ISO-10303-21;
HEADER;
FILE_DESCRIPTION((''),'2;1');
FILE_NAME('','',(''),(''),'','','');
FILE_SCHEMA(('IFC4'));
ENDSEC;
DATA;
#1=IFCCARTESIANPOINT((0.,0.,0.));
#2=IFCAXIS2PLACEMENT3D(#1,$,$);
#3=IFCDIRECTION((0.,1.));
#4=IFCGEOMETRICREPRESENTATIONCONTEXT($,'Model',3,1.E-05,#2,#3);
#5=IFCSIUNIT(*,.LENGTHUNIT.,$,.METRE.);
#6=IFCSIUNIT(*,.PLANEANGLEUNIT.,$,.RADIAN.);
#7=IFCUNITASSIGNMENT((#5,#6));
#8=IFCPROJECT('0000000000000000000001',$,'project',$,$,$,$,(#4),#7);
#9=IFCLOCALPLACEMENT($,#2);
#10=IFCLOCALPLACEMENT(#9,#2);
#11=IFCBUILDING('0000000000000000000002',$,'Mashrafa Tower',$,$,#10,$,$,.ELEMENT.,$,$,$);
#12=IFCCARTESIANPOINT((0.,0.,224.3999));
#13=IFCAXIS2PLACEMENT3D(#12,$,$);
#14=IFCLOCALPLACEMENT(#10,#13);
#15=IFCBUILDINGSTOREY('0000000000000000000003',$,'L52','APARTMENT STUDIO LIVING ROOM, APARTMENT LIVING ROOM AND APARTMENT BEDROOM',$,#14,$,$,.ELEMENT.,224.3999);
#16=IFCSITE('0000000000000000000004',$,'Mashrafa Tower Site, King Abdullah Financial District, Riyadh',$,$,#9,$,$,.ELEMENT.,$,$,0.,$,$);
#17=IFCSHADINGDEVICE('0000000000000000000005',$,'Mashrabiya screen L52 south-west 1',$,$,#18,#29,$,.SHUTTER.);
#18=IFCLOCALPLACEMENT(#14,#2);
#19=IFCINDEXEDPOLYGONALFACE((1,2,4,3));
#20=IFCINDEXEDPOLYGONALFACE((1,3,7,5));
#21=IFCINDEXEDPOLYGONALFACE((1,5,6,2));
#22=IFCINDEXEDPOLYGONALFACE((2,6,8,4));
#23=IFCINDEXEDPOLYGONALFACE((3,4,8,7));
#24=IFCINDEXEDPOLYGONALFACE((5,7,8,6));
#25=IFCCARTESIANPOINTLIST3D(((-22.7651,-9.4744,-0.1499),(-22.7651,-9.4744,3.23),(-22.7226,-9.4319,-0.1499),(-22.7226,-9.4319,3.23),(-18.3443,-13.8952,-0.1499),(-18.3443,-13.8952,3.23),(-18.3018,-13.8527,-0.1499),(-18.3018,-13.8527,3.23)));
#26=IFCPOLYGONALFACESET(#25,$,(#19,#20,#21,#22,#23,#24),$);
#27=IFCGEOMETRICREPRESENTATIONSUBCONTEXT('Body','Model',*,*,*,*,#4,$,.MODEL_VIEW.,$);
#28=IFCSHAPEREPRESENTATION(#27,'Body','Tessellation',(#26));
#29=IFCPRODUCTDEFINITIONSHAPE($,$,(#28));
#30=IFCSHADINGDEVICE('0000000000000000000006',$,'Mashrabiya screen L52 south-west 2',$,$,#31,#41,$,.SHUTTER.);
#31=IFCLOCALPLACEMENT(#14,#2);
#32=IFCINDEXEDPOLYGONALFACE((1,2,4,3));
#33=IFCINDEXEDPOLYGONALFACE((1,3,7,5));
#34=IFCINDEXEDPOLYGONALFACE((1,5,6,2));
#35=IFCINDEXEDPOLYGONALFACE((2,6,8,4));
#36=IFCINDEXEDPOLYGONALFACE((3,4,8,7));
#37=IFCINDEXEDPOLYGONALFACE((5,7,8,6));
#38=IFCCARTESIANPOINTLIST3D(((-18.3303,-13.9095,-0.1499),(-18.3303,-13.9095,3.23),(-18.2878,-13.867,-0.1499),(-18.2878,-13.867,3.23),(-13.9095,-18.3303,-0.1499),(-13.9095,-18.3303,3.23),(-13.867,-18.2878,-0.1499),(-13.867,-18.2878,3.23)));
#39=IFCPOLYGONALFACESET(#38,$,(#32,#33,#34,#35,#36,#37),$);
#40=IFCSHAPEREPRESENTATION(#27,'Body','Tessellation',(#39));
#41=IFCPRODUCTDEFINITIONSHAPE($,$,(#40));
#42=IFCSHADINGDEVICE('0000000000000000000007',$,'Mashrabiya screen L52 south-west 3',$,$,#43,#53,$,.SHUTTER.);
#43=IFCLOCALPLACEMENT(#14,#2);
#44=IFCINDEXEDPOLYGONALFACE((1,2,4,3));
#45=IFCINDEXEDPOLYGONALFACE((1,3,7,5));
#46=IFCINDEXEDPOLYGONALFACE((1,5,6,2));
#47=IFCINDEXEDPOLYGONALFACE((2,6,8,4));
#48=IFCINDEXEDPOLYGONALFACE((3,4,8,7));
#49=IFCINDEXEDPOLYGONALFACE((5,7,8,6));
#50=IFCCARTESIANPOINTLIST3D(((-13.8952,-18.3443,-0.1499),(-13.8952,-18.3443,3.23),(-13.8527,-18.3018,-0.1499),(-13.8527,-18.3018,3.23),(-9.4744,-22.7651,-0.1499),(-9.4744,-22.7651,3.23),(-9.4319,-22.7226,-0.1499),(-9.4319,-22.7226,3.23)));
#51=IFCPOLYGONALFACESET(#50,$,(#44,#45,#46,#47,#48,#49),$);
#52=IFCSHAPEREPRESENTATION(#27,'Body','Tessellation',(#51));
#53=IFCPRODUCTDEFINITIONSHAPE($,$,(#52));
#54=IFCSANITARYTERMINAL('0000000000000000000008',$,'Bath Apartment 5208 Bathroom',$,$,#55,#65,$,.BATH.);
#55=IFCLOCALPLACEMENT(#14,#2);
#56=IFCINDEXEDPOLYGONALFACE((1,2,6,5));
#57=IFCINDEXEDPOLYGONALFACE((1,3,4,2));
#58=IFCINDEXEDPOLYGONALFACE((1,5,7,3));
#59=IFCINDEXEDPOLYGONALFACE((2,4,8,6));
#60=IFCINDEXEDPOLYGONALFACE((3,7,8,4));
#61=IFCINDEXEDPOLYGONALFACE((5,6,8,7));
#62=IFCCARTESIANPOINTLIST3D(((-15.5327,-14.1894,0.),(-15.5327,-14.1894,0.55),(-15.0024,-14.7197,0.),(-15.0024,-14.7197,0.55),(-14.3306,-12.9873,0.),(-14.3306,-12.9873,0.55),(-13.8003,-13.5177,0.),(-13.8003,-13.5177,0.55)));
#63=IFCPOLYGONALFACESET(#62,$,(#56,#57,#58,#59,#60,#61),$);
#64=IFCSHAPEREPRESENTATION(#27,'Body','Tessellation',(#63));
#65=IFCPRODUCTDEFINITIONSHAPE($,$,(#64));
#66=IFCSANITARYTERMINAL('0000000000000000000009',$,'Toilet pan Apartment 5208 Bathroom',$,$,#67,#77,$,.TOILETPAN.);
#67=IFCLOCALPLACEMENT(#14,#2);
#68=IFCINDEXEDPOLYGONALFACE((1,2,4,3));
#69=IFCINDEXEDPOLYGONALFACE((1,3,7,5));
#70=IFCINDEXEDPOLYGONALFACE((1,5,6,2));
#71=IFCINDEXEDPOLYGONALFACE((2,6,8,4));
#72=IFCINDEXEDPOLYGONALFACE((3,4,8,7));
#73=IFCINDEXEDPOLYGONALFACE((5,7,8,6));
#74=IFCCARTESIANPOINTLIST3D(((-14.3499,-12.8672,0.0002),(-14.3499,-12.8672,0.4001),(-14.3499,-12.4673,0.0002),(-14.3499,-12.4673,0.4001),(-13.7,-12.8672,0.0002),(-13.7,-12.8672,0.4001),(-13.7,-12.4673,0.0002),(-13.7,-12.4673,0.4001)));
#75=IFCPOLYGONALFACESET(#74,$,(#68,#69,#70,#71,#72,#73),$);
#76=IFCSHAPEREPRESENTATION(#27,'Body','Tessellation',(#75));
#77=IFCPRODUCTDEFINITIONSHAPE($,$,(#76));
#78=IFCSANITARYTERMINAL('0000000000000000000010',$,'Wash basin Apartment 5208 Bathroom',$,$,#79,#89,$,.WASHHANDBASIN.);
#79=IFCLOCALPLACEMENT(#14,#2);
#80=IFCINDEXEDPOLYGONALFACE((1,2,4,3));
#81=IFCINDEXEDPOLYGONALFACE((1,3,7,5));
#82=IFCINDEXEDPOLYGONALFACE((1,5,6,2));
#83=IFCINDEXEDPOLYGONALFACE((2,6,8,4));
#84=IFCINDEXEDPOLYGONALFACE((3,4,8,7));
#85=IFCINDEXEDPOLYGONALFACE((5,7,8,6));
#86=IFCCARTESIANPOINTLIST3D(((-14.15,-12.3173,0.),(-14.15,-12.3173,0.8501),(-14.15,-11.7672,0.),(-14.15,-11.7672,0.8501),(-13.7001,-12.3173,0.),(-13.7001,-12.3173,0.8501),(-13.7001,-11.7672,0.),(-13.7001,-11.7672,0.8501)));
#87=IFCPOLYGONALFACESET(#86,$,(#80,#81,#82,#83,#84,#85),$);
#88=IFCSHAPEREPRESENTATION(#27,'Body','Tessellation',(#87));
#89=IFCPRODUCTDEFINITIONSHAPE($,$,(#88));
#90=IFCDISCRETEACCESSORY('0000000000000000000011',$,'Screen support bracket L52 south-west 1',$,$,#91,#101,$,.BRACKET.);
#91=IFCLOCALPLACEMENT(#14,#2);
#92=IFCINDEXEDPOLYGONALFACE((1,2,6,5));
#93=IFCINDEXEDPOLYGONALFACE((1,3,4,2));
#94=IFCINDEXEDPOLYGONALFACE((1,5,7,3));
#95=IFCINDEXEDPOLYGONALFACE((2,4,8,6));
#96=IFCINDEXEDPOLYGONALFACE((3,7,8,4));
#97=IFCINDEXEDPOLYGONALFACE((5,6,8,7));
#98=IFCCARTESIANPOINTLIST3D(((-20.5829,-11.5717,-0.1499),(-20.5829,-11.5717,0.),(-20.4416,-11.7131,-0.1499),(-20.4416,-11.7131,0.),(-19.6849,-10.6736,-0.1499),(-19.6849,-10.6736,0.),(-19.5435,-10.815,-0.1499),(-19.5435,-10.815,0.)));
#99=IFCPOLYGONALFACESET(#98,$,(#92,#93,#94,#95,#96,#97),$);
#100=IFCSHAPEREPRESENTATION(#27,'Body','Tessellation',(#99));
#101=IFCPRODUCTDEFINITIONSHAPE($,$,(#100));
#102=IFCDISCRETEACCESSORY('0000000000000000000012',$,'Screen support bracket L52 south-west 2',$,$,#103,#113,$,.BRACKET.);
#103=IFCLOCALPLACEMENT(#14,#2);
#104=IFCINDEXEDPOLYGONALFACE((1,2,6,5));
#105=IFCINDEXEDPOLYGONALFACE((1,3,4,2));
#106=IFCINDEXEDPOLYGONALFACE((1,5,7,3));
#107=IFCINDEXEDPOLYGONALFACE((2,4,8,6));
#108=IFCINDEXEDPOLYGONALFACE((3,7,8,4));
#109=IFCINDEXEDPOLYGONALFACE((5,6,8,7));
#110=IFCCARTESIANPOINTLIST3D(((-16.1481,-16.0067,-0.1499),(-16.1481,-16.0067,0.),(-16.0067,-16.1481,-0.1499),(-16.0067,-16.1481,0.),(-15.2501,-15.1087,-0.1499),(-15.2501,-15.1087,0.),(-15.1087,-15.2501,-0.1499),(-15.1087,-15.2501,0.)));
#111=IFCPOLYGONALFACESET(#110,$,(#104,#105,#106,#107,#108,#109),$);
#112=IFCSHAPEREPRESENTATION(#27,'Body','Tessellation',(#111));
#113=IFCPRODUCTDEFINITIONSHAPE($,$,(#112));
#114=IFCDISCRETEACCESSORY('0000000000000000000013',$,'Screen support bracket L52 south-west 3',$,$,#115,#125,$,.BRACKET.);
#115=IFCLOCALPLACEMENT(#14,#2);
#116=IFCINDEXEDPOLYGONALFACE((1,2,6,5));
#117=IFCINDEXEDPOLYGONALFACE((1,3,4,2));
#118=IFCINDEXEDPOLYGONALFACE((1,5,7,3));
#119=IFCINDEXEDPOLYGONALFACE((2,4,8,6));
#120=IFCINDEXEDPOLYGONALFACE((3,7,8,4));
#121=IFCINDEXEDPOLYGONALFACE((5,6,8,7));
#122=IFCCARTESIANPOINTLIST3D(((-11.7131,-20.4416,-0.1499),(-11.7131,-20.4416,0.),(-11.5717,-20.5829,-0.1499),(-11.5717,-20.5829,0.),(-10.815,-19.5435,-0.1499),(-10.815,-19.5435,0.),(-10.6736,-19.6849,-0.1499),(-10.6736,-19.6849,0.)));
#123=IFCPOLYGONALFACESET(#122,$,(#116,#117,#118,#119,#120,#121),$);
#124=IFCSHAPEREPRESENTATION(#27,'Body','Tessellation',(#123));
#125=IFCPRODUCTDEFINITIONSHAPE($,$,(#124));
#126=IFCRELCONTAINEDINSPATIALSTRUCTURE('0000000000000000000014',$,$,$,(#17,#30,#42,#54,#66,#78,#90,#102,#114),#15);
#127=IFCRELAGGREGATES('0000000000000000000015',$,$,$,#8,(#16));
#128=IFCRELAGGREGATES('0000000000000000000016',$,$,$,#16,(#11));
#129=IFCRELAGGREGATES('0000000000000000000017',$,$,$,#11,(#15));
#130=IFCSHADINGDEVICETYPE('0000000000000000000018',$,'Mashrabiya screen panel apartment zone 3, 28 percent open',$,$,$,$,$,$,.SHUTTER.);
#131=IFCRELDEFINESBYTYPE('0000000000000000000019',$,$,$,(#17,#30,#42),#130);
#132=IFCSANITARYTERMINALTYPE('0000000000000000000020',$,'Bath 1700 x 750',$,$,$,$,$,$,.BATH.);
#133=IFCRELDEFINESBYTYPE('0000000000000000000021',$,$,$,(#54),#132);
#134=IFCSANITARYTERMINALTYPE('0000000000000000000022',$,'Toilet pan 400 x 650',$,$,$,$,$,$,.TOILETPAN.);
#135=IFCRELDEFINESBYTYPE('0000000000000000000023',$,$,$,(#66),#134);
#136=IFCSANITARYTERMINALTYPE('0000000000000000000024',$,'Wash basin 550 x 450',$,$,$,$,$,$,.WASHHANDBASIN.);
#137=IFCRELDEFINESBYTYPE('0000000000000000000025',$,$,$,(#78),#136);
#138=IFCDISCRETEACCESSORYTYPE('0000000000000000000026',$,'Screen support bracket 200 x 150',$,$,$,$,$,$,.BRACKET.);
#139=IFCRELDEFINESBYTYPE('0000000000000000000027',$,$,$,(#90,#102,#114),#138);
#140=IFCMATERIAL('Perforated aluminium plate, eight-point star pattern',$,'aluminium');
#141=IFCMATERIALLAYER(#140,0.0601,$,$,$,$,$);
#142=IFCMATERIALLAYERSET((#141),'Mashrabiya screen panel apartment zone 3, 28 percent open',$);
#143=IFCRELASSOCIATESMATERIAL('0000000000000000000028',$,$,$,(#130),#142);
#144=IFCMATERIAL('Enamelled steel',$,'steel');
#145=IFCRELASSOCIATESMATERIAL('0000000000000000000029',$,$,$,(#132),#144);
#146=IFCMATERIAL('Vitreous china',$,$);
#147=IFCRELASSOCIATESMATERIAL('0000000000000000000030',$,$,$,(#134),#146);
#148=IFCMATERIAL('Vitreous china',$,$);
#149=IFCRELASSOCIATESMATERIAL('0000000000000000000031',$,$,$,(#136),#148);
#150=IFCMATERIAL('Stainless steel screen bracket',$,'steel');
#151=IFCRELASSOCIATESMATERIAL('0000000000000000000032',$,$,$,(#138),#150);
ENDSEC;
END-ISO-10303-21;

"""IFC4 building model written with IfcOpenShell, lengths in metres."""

from ifc_helpers import new_model, si_unit, direction, frame, origin, origin_2d, place, context, subcontext, project, spatial, rectangle, extrude, source, transform, mapped, material, layer, layer_set, type_object, type_shapes, element, save


model = new_model("IFC4")

# Units and contexts
model_context = context("Model", 3, precision=1e-05, world=origin(), true_north=direction((0.0, 1.0)))
body_context = subcontext(model_context, "Body", "Model", "MODEL_VIEW")
ifc_project = project(units=[si_unit("LENGTHUNIT", "METRE"), si_unit("PLANEANGLEUNIT", "RADIAN")], contexts=[model_context])

# Site, building, storey
site_placement = place(None, origin())
site = spatial("IfcSite", under=ifc_project, at=site_placement, Name="Mashrafa Tower Site, King Abdullah Financial District, Riyadh", CompositionType="ELEMENT", RefElevation=0.0)
building_placement = place(site_placement, origin())
building = spatial("IfcBuilding", under=site, at=building_placement, Name="Mashrafa Tower", CompositionType="ELEMENT")
storey_placement = place(building_placement, frame((0.0, 0.0, 224.3999)))
storey = spatial("IfcBuildingStorey", under=building, at=storey_placement, Name="L52", Description="APARTMENT STUDIO LIVING ROOM, APARTMENT LIVING ROOM AND APARTMENT BEDROOM", CompositionType="ELEMENT", Elevation=224.3999)

# Shading devices
ifc_material_1 = material(Name="Perforated aluminium plate, eight-point star pattern", Category="aluminium")
ifc_layer_1 = layer(ifc_material_1, 0.0601)
ifc_layer_set_1 = layer_set([ifc_layer_1], Name="Mashrabiya screen panel apartment zone 3, 28 percent open")
shading_device_type = type_object("IfcShadingDeviceType", Name="Mashrabiya screen panel apartment zone 3, 28 percent open", PredefinedType="SHUTTER", material=ifc_layer_set_1)
shared_shape_1 = source(origin(), body_context, "Body", "SweptSolid", [
    extrude(rectangle(XDim=6.252, YDim=0.0601, at=origin_2d()), origin(), (0.0, 0.0, 1.0), 3.3799),
])
type_shapes(shading_device_type, [shared_shape_1])
for number, where, z_axis, x_axis, name in (
    (1, (-20.5334, -11.6636, -0.1499), (0.0, 0.0, 1.0), (0.707107, -0.707107, 0.0), "Mashrabiya screen L52 south-west 1"),
    (2, (-16.0986, -16.0986, -0.1499), (0.0, 0.0, 1.0), (0.707107, -0.707107, 0.0), "Mashrabiya screen L52 south-west 2"),
    (3, (-11.6636, -20.5334, -0.1499), (0.0, 0.0, 1.0), (0.707107, -0.707107, 0.0), "Mashrabiya screen L52 south-west 3"),
):
    element("IfcShadingDevice", number, at=place(storey_placement, frame(where, z_axis=z_axis, x_axis=x_axis)), inside=storey, type_object=shading_device_type, Name=name, PredefinedType="SHUTTER", context=body_context, shape_type="MappedRepresentation", body=[
        mapped(shared_shape_1, transform((0.0, 0.0, 0.0))),
    ])

# Sanitary terminals
ifc_material_2 = material(Name="Enamelled steel", Category="steel")
sanitary_terminal_type_1 = type_object("IfcSanitaryTerminalType", Name="Bath 1700 x 750", PredefinedType="BATH", material=ifc_material_2)
sanitary_terminal_1_placement = place(storey_placement, frame((-14.6665, -13.8535, 0.0), z_axis=(0.0, 0.0, 1.0), x_axis=(0.707107, 0.707107, 0.0)))
element("IfcSanitaryTerminal", 4, at=sanitary_terminal_1_placement, inside=storey, type_object=sanitary_terminal_type_1, Name="Bath Apartment 5208 Bathroom", PredefinedType="BATH", context=body_context, shape_type="SweptSolid", body=[
    extrude(rectangle(XDim=1.7, YDim=0.75, at=origin_2d()), origin(), (0.0, 0.0, 1.0), 0.55),
])
ifc_material_3 = material(Name="Vitreous china")
sanitary_terminal_type_2 = type_object("IfcSanitaryTerminalType", Name="Toilet pan 400 x 650", PredefinedType="TOILETPAN", material=ifc_material_3)
sanitary_terminal_2_placement = place(storey_placement, frame((-14.0249, -12.6672, 0.0002), z_axis=(0.0, 0.0, 1.0), x_axis=(0.0, 1.0, 0.0)))
element("IfcSanitaryTerminal", 5, at=sanitary_terminal_2_placement, inside=storey, type_object=sanitary_terminal_type_2, Name="Toilet pan Apartment 5208 Bathroom", PredefinedType="TOILETPAN", context=body_context, shape_type="SweptSolid", body=[
    extrude(rectangle(XDim=0.3999, YDim=0.6499, at=origin_2d()), origin(), (0.0, 0.0, 1.0), 0.3999),
])
ifc_material_4 = material(Name="Vitreous china")
sanitary_terminal_type_3 = type_object("IfcSanitaryTerminalType", Name="Wash basin 550 x 450", PredefinedType="WASHHANDBASIN", material=ifc_material_4)
sanitary_terminal_3_placement = place(storey_placement, frame((-13.925, -12.0422, 0.0), z_axis=(0.0, 0.0, 1.0), x_axis=(0.0, 1.0, 0.0)))
element("IfcSanitaryTerminal", 6, at=sanitary_terminal_3_placement, inside=storey, type_object=sanitary_terminal_type_3, Name="Wash basin Apartment 5208 Bathroom", PredefinedType="WASHHANDBASIN", context=body_context, shape_type="SweptSolid", body=[
    extrude(rectangle(XDim=0.55, YDim=0.45, at=origin_2d()), origin(), (0.0, 0.0, 1.0), 0.8501),
])

# Discrete accessories
ifc_material_5 = material(Name="Stainless steel screen bracket", Category="steel")
discrete_accessory_type = type_object("IfcDiscreteAccessoryType", Name="Screen support bracket 200 x 150", PredefinedType="BRACKET", material=ifc_material_5)
shared_shape_2 = source(origin(), body_context, "Body", "SweptSolid", [
    extrude(rectangle(XDim=0.2, YDim=1.27, at=origin_2d()), origin(), (0.0, 0.0, 1.0), 0.1499),
])
type_shapes(discrete_accessory_type, [shared_shape_2])
for number, where, z_axis, x_axis, name in (
    (7, (-20.0632, -11.1934, -0.1499), (0.0, 0.0, 1.0), (0.707107, -0.707107, 0.0), "Screen support bracket L52 south-west 1"),
    (8, (-15.6284, -15.6284, -0.1499), (0.0, 0.0, 1.0), (0.707107, -0.707107, 0.0), "Screen support bracket L52 south-west 2"),
    (9, (-11.1934, -20.0632, -0.1499), (0.0, 0.0, 1.0), (0.707107, -0.707107, 0.0), "Screen support bracket L52 south-west 3"),
):
    element("IfcDiscreteAccessory", number, at=place(storey_placement, frame(where, z_axis=z_axis, x_axis=x_axis)), inside=storey, type_object=discrete_accessory_type, Name=name, PredefinedType="BRACKET", context=body_context, shape_type="MappedRepresentation", body=[
        mapped(shared_shape_2, transform((0.0, 0.0, 0.0))),
    ])

save(model, "model.ifc")
